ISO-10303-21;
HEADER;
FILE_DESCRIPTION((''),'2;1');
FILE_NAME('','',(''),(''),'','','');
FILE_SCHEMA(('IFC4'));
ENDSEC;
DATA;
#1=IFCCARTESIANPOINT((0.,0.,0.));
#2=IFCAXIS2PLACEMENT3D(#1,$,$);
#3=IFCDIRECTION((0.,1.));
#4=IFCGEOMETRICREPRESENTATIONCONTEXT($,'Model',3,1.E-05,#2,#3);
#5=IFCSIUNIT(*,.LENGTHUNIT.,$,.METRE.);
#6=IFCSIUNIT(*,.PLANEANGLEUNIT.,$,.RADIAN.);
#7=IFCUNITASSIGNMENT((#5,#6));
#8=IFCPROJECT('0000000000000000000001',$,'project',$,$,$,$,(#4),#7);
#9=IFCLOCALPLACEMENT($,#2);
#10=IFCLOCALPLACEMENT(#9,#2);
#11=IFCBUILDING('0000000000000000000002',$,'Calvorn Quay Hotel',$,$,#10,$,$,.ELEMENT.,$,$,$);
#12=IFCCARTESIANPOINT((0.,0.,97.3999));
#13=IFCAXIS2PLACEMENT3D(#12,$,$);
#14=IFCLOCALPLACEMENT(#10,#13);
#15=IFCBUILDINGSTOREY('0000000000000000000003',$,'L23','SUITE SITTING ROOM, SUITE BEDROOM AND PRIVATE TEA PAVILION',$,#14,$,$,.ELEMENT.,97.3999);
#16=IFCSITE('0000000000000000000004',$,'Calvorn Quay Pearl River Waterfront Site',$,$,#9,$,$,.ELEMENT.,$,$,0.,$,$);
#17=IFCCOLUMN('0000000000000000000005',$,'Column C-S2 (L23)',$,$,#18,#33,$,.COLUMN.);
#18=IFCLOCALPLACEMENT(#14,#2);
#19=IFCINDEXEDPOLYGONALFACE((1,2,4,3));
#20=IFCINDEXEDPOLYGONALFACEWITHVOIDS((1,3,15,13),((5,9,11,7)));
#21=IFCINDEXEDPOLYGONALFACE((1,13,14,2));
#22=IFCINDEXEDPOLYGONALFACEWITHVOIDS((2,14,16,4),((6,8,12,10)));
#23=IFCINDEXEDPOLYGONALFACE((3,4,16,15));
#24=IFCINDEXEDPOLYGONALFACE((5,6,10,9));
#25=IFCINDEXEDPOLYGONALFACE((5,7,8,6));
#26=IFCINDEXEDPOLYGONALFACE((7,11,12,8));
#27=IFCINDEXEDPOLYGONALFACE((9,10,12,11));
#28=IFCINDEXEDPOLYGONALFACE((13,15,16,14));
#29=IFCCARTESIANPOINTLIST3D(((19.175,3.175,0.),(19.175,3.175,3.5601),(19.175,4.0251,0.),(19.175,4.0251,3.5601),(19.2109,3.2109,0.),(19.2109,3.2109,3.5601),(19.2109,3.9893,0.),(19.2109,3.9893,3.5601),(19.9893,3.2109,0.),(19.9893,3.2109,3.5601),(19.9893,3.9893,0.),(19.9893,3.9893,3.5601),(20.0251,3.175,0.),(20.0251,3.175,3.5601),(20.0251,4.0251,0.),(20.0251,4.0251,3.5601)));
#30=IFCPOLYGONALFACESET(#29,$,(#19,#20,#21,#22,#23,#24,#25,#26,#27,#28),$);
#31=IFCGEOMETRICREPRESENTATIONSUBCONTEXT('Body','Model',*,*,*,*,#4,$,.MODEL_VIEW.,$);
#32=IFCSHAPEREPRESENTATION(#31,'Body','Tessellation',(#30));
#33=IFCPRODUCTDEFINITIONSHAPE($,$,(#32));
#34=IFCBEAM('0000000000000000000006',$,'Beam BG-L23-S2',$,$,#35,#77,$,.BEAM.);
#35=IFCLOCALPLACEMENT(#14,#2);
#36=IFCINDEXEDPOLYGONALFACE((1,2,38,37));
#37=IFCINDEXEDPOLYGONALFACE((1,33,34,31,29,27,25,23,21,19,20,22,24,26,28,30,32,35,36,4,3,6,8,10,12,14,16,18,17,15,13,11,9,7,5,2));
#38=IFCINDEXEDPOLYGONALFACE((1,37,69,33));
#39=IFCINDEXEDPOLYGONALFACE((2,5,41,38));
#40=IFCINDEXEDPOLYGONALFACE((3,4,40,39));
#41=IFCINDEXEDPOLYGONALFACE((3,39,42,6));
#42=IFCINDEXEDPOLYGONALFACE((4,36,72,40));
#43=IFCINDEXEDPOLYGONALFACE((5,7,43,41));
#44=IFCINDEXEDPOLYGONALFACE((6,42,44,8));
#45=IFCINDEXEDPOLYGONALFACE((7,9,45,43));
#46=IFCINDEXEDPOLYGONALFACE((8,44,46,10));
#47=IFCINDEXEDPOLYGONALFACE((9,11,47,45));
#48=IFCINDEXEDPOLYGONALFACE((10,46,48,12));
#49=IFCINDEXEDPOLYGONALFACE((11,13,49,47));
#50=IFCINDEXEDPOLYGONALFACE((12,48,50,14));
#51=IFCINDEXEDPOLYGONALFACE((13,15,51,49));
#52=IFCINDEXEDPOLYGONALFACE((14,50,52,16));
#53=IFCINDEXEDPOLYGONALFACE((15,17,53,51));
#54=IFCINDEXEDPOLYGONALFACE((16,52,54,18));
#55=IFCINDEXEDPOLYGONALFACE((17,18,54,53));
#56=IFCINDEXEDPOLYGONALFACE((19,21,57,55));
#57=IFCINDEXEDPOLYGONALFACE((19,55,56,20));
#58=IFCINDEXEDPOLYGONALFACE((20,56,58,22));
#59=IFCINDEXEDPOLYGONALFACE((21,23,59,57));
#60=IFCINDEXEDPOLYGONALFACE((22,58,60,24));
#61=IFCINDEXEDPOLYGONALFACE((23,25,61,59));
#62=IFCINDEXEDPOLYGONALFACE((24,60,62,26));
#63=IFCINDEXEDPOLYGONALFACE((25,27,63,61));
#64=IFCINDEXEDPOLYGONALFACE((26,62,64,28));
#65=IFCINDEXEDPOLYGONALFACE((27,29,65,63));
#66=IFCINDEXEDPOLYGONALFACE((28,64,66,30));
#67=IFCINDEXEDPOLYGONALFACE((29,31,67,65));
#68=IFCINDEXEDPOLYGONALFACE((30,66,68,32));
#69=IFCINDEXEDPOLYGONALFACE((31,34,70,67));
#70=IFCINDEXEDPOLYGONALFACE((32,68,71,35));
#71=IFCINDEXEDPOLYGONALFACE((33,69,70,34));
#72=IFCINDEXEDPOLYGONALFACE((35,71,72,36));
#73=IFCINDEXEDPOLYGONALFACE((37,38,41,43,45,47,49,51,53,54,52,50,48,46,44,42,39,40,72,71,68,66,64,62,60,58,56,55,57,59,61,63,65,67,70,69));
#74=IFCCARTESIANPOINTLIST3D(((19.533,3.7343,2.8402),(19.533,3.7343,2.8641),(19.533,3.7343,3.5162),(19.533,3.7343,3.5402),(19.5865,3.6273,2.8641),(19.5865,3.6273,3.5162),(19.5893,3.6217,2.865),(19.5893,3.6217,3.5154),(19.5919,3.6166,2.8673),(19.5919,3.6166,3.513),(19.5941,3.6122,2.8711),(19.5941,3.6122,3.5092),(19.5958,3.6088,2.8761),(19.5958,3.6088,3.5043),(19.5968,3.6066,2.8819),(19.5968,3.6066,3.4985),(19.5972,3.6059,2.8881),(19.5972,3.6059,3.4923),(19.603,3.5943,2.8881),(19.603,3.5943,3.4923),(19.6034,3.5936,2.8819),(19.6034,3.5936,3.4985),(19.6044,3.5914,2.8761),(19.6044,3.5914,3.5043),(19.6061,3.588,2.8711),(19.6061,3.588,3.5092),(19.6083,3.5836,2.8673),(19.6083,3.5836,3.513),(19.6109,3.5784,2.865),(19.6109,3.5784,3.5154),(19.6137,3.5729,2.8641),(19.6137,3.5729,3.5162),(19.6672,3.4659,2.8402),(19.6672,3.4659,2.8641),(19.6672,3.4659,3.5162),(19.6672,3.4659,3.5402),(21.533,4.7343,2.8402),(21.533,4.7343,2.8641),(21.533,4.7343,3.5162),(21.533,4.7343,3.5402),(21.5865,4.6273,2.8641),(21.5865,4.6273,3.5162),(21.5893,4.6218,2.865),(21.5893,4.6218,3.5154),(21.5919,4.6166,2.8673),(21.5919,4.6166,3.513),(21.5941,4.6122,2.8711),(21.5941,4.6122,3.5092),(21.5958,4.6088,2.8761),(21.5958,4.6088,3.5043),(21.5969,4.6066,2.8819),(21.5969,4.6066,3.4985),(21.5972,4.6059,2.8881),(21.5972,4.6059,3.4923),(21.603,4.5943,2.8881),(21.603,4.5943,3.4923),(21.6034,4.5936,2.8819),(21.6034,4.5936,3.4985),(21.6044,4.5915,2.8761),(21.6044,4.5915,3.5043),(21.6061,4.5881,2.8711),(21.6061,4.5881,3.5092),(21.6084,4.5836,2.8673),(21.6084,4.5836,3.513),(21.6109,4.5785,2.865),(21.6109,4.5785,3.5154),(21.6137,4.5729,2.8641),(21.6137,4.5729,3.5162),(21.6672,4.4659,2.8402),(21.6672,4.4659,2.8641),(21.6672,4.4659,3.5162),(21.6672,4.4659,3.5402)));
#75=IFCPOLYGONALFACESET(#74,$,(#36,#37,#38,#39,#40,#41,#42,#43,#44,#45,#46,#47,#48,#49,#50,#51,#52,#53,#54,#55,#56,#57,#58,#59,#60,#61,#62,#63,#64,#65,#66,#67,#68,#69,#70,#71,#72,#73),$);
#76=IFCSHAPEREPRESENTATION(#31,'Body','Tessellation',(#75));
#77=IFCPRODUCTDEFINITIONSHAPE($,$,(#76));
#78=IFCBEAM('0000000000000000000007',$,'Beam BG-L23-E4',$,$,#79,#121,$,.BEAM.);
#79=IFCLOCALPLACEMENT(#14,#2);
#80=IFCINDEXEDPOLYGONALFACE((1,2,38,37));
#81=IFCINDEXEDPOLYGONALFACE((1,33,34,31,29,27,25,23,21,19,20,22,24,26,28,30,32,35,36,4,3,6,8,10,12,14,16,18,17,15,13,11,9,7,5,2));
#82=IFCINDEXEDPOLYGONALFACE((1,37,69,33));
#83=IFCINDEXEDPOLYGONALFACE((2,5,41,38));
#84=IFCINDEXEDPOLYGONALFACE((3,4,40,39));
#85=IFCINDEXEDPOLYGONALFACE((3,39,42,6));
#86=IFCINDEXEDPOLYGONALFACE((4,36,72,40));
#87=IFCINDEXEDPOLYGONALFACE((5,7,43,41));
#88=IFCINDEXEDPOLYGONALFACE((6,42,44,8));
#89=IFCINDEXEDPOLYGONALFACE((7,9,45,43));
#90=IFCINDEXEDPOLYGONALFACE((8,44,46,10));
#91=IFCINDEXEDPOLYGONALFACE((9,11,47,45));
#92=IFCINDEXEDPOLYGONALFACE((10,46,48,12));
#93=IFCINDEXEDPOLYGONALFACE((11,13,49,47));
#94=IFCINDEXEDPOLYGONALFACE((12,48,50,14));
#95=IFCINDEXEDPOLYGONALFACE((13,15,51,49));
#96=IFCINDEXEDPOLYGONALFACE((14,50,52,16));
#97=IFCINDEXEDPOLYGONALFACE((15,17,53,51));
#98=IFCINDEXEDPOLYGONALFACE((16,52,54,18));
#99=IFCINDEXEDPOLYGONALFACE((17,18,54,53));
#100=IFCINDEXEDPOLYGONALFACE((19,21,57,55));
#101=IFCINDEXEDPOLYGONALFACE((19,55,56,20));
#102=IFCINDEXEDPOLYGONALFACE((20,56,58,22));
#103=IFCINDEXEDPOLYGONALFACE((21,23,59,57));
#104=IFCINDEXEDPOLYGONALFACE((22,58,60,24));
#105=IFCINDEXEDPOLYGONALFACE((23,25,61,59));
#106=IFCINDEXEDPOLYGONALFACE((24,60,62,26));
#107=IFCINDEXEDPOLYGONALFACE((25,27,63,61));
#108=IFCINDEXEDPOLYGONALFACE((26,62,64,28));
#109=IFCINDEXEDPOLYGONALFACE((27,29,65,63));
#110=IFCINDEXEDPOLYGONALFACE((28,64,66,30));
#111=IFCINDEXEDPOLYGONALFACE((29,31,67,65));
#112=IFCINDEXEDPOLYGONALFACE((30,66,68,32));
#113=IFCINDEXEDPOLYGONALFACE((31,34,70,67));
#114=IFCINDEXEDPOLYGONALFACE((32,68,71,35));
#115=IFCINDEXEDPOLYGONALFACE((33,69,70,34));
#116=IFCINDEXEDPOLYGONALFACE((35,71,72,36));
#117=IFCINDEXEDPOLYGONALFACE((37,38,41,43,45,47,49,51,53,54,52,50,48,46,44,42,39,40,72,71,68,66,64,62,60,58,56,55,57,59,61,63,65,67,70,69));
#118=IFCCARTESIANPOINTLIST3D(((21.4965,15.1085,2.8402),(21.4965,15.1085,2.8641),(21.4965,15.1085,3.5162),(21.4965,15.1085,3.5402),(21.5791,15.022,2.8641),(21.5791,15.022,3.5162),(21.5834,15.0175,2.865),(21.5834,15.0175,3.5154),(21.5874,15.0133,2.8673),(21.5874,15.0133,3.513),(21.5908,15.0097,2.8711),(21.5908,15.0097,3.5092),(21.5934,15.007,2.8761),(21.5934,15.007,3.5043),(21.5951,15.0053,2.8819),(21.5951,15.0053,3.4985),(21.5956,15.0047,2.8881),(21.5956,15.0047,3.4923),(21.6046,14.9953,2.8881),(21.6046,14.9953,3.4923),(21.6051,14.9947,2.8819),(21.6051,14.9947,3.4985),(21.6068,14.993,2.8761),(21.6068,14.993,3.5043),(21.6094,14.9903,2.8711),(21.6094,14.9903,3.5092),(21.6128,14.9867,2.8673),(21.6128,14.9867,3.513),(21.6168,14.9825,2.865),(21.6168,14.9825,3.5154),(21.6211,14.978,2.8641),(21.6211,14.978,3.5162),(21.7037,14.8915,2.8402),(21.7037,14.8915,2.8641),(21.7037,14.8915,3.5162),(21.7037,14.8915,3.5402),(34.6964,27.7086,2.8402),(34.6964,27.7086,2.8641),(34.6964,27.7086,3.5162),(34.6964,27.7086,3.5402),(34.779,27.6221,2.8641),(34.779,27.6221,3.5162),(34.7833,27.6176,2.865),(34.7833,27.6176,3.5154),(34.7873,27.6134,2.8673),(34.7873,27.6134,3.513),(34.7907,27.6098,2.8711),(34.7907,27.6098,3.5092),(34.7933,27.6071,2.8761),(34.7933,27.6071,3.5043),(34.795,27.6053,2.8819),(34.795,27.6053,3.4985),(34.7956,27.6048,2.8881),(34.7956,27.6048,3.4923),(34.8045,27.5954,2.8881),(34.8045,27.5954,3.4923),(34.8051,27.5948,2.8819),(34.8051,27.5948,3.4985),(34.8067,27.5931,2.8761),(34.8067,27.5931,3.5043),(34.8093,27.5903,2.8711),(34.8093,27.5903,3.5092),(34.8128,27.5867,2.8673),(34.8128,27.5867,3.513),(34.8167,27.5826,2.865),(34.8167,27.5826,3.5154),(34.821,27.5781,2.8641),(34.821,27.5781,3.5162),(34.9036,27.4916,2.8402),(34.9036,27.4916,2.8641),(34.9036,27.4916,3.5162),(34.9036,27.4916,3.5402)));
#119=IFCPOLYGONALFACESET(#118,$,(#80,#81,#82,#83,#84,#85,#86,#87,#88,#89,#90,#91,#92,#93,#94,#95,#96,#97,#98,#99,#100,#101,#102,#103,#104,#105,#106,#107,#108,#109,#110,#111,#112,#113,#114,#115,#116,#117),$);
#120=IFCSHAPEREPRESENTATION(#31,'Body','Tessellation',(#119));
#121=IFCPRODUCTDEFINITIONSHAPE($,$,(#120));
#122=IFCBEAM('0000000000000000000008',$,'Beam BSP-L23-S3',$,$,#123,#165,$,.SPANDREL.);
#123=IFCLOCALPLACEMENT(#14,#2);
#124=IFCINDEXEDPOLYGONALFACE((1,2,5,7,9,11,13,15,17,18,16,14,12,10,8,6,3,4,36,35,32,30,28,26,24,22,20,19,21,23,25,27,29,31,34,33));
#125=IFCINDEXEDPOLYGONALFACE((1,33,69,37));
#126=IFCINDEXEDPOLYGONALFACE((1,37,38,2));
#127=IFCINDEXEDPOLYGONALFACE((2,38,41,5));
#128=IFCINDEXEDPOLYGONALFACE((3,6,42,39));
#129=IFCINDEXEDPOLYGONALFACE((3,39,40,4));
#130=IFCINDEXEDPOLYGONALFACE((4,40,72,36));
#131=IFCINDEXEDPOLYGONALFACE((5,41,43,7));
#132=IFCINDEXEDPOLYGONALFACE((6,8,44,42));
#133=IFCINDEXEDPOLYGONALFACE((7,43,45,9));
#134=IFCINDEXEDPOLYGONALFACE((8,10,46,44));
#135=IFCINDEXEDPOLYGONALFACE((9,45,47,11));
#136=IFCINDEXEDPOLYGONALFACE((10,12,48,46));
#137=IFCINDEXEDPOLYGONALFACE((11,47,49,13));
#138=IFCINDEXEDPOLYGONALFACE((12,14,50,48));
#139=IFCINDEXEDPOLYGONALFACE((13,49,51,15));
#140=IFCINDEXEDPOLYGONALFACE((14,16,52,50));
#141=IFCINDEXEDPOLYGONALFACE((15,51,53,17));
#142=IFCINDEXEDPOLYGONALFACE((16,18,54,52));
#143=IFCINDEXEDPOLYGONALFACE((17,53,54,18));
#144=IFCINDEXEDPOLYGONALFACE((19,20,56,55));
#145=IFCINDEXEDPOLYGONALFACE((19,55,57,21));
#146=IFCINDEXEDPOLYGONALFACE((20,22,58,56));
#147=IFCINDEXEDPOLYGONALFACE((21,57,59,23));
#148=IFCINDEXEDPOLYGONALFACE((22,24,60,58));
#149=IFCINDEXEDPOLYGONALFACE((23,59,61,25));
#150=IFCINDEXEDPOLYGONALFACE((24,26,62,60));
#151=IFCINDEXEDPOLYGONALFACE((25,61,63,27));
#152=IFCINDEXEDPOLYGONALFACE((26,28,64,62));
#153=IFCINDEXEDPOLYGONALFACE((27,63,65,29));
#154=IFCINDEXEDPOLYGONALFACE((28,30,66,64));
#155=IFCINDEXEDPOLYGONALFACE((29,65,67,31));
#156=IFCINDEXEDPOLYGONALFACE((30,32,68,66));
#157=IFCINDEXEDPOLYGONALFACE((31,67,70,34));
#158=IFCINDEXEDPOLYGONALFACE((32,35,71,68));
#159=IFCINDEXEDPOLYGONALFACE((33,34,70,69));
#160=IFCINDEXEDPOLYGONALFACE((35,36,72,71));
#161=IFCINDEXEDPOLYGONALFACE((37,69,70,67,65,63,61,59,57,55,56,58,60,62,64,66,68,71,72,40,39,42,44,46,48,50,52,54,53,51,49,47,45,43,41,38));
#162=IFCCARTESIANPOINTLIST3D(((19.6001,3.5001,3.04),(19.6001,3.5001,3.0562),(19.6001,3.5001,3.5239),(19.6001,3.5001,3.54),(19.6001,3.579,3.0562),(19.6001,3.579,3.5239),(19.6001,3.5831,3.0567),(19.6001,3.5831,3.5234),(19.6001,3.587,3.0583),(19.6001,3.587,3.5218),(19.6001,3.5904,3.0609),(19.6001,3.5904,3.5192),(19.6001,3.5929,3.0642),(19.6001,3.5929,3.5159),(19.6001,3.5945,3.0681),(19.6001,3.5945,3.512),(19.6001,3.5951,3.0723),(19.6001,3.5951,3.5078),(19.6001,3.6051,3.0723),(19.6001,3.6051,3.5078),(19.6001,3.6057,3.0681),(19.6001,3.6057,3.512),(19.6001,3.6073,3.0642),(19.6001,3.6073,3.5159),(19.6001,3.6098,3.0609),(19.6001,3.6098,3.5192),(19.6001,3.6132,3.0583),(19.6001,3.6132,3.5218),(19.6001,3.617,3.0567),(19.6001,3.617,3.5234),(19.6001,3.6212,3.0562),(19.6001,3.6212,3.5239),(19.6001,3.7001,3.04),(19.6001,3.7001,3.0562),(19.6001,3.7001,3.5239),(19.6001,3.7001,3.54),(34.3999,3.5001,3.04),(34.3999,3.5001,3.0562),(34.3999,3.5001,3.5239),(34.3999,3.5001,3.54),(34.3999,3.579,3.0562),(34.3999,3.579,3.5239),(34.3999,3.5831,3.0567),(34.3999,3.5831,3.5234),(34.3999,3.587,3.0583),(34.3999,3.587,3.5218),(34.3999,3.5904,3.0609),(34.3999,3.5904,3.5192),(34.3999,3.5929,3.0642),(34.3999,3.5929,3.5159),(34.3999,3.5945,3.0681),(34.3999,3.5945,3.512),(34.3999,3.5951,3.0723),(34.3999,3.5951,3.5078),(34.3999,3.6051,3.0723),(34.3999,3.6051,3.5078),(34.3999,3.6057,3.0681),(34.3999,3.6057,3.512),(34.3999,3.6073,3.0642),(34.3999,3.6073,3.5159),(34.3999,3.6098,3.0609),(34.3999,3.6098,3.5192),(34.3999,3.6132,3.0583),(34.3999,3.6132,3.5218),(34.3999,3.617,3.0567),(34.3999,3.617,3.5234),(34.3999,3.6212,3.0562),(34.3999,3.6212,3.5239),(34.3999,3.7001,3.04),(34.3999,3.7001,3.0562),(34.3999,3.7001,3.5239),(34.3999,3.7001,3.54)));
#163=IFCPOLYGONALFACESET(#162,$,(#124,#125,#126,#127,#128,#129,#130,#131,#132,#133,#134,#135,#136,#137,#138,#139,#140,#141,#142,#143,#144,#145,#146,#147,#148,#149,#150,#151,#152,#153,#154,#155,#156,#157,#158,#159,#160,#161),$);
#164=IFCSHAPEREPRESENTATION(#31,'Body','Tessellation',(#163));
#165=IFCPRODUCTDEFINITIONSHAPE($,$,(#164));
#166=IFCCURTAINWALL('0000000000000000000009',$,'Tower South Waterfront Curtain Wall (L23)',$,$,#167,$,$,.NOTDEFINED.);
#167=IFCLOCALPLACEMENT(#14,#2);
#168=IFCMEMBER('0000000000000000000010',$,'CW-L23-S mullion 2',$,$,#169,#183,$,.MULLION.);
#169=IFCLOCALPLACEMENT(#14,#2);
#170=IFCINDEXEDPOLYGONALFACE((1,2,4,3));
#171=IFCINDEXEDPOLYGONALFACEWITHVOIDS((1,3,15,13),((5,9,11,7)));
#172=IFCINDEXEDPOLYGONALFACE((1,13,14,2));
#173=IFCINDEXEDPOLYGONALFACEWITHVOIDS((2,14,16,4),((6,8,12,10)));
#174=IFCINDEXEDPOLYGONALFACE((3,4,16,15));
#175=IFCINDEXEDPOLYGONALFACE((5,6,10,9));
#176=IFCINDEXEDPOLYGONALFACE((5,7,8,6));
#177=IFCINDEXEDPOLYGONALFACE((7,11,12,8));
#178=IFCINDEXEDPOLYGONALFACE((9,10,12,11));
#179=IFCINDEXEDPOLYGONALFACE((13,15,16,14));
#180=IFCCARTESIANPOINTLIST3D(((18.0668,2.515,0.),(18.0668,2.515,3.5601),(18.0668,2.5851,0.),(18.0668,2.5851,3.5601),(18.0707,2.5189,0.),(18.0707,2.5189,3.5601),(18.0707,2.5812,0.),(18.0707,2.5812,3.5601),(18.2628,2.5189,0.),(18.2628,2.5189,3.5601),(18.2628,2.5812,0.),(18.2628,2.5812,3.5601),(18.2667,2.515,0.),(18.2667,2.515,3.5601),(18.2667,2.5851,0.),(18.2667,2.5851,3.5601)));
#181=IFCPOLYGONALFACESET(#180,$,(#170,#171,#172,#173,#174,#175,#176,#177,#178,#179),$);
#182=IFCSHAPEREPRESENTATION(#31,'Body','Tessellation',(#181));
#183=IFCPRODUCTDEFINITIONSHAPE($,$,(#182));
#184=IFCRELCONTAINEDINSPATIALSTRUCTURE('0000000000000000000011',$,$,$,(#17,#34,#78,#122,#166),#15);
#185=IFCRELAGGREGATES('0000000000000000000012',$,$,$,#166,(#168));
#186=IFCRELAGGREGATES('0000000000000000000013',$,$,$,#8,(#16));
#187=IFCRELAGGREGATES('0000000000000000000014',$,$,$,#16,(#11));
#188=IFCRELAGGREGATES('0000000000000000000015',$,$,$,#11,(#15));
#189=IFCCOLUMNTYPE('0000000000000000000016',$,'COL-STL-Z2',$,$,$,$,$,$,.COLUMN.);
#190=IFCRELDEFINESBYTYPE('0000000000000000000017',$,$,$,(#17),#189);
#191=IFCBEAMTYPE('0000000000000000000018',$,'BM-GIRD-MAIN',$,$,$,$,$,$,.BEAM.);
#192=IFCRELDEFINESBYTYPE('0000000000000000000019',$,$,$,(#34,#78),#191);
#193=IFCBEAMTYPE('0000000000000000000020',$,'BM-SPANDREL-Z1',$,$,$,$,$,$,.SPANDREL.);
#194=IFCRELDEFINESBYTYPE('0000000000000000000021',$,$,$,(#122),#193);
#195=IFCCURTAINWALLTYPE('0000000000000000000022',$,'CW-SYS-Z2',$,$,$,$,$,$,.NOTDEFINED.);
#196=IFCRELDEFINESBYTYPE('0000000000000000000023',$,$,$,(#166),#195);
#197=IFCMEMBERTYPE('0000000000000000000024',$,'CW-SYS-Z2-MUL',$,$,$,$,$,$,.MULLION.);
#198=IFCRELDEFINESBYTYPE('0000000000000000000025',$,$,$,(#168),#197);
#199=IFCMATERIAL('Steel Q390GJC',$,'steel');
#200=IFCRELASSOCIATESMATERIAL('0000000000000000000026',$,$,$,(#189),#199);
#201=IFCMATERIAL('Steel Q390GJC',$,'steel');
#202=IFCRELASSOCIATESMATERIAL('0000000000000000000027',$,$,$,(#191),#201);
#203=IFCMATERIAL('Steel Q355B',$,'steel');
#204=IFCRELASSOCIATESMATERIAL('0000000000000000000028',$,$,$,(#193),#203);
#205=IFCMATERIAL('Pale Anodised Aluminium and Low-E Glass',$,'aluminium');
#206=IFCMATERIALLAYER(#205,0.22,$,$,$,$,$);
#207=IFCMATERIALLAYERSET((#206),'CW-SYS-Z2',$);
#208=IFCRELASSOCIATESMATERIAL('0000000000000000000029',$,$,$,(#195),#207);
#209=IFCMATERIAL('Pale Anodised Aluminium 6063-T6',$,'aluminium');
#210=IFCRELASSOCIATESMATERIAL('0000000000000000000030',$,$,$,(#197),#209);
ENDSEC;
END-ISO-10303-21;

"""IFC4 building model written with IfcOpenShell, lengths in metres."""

from ifc_helpers import new_model, si_unit, direction, frame, origin, origin_2d, place, context, subcontext, project, spatial, hollow_rectangle, i_section, extrude, material, layer, layer_set, material_profile, profile_set, type_object, element, aggregate, save


model = new_model("IFC4")

# Units and contexts
model_context = context("Model", 3, precision=1e-05, world=origin(), true_north=direction((0.0, 1.0)))
body_context = subcontext(model_context, "Body", "Model", "MODEL_VIEW")
ifc_project = project(units=[si_unit("LENGTHUNIT", "METRE"), si_unit("PLANEANGLEUNIT", "RADIAN")], contexts=[model_context])

# Site, building, storey
site_placement = place(None, origin())
site = spatial("IfcSite", under=ifc_project, at=site_placement, Name="Calvorn Quay Pearl River Waterfront Site", CompositionType="ELEMENT", RefElevation=0.0)
building_placement = place(site_placement, origin())
building = spatial("IfcBuilding", under=site, at=building_placement, Name="Calvorn Quay Hotel", CompositionType="ELEMENT")
storey_placement = place(building_placement, frame((0.0, 0.0, 97.3999)))
storey = spatial("IfcBuildingStorey", under=building, at=storey_placement, Name="L23", Description="SUITE SITTING ROOM, SUITE BEDROOM AND PRIVATE TEA PAVILION", CompositionType="ELEMENT", Elevation=97.3999)

# Column
ifc_material_1 = material(Name="Steel Q390GJC", Category="steel")
ifc_material_profile_1 = material_profile(ifc_material_1, hollow_rectangle(XDim=0.8501, YDim=0.8501, WallThickness=0.0359, at=origin_2d()), Name="BOX850x850x36")
ifc_profile_set_1 = profile_set([ifc_material_profile_1], Name="Steel Q390GJC")
column_type = type_object("IfcColumnType", Name="COL-STL-Z2", PredefinedType="COLUMN", material=ifc_profile_set_1)
column_placement = place(storey_placement, frame((19.6001, 3.6001, 0.0), z_axis=(0.0, 0.0, 1.0), x_axis=(1.0, 0.0, 0.0)))
element("IfcColumn", 1, at=column_placement, inside=storey, type_object=column_type, Name="Column C-S2 (L23)", PredefinedType="COLUMN", context=body_context, shape_type="SweptSolid", body=[
    extrude(hollow_rectangle(XDim=0.8501, YDim=0.8501, WallThickness=0.0359, at=origin_2d()), origin(), (0.0, 0.0, 1.0), 3.5601),
])

# Beams
ifc_material_2 = material(Name="Steel Q390GJC", Category="steel")
ifc_material_profile_2 = material_profile(ifc_material_2, i_section(OverallWidth=0.3, OverallDepth=0.7, WebThickness=0.0129, FlangeThickness=0.0239, FilletRadius=0.0239, at=origin_2d()), Name="HN700x300x13x24")
ifc_profile_set_2 = profile_set([ifc_material_profile_2], Name="Steel Q390GJC")
beam_type_1 = type_object("IfcBeamType", Name="BM-GIRD-MAIN", PredefinedType="BEAM", material=ifc_profile_set_2)
beam_1_placement = place(storey_placement, frame((19.6001, 3.6001, 3.1902), z_axis=(0.894427, 0.447214, 0.0), x_axis=(-0.447214, 0.894427, 0.0)))
element("IfcBeam", 2, at=beam_1_placement, inside=storey, type_object=beam_type_1, Name="Beam BG-L23-S2", PredefinedType="BEAM", context=body_context, shape_type="SweptSolid", body=[
    extrude(i_section(OverallWidth=0.3, OverallDepth=0.7, WebThickness=0.0129, FlangeThickness=0.0239, FilletRadius=0.0239, at=origin_2d()), origin(), (0.0, 0.0, 1.0), 2.2361),
])
beam_2_placement = place(storey_placement, frame((21.6001, 15.0, 3.1902), z_axis=(0.723352, 0.69048, 0.0), x_axis=(-0.69048, 0.723352, 0.0)))
element("IfcBeam", 3, at=beam_2_placement, inside=storey, type_object=beam_type_1, Name="Beam BG-L23-E4", PredefinedType="BEAM", context=body_context, shape_type="SweptSolid", body=[
    extrude(i_section(OverallWidth=0.3, OverallDepth=0.7, WebThickness=0.0129, FlangeThickness=0.0239, FilletRadius=0.0239, at=origin_2d()), origin(), (0.0, 0.0, 1.0), 18.2483),
])
ifc_material_3 = material(Name="Steel Q355B", Category="steel")
ifc_material_profile_3 = material_profile(ifc_material_3, i_section(OverallWidth=0.2, OverallDepth=0.5, WebThickness=0.01, FlangeThickness=0.0161, FilletRadius=0.0161, at=origin_2d()), Name="HN500x200x10x16")
ifc_profile_set_3 = profile_set([ifc_material_profile_3], Name="Steel Q355B")
beam_type_2 = type_object("IfcBeamType", Name="BM-SPANDREL-Z1", PredefinedType="SPANDREL", material=ifc_profile_set_3)
beam_3_placement = place(storey_placement, frame((19.6001, 3.6001, 3.29), z_axis=(1.0, 0.0, 0.0), x_axis=(0.0, 1.0, 0.0)))
element("IfcBeam", 4, at=beam_3_placement, inside=storey, type_object=beam_type_2, Name="Beam BSP-L23-S3", PredefinedType="SPANDREL", context=body_context, shape_type="SweptSolid", body=[
    extrude(i_section(OverallWidth=0.2, OverallDepth=0.5, WebThickness=0.01, FlangeThickness=0.0161, FilletRadius=0.0161, at=origin_2d()), origin(), (0.0, 0.0, 1.0), 14.7998),
])

# Curtain wall, member
ifc_material_4 = material(Name="Pale Anodised Aluminium and Low-E Glass", Category="aluminium")
ifc_layer_1 = layer(ifc_material_4, 0.22)
ifc_layer_set_1 = layer_set([ifc_layer_1], Name="CW-SYS-Z2")
curtain_wall_type = type_object("IfcCurtainWallType", Name="CW-SYS-Z2", PredefinedType="NOTDEFINED", material=ifc_layer_set_1)
curtain_wall_placement = place(storey_placement, origin())
curtain_wall = element("IfcCurtainWall", 5, at=curtain_wall_placement, inside=storey, type_object=curtain_wall_type, Name="Tower South Waterfront Curtain Wall (L23)", PredefinedType="NOTDEFINED")
ifc_material_5 = material(Name="Pale Anodised Aluminium 6063-T6", Category="aluminium")
ifc_material_profile_4 = material_profile(ifc_material_5, hollow_rectangle(XDim=0.0701, YDim=0.2, WallThickness=0.0039, at=origin_2d()), Name="ALU-M200x70x4")
ifc_profile_set_4 = profile_set([ifc_material_profile_4], Name="Pale Anodised Aluminium 6063-T6")
member_type_1 = type_object("IfcMemberType", Name="CW-SYS-Z2-MUL", PredefinedType="MULLION", material=ifc_profile_set_4)
member_1_placement = place(storey_placement, frame((18.1667, 2.55, 0.0), z_axis=(0.0, 0.0, 1.0), x_axis=(0.0, 1.0, 0.0)))
member_1 = element("IfcMember", 6, at=member_1_placement, type_object=member_type_1, Name="CW-L23-S mullion 2", PredefinedType="MULLION", context=body_context, shape_type="SweptSolid", body=[
    extrude(hollow_rectangle(XDim=0.0701, YDim=0.2, WallThickness=0.0039, at=origin_2d()), origin(), (0.0, 0.0, 1.0), 3.5601),
])
aggregate(curtain_wall, [member_1])

save(model, "model.ifc")
